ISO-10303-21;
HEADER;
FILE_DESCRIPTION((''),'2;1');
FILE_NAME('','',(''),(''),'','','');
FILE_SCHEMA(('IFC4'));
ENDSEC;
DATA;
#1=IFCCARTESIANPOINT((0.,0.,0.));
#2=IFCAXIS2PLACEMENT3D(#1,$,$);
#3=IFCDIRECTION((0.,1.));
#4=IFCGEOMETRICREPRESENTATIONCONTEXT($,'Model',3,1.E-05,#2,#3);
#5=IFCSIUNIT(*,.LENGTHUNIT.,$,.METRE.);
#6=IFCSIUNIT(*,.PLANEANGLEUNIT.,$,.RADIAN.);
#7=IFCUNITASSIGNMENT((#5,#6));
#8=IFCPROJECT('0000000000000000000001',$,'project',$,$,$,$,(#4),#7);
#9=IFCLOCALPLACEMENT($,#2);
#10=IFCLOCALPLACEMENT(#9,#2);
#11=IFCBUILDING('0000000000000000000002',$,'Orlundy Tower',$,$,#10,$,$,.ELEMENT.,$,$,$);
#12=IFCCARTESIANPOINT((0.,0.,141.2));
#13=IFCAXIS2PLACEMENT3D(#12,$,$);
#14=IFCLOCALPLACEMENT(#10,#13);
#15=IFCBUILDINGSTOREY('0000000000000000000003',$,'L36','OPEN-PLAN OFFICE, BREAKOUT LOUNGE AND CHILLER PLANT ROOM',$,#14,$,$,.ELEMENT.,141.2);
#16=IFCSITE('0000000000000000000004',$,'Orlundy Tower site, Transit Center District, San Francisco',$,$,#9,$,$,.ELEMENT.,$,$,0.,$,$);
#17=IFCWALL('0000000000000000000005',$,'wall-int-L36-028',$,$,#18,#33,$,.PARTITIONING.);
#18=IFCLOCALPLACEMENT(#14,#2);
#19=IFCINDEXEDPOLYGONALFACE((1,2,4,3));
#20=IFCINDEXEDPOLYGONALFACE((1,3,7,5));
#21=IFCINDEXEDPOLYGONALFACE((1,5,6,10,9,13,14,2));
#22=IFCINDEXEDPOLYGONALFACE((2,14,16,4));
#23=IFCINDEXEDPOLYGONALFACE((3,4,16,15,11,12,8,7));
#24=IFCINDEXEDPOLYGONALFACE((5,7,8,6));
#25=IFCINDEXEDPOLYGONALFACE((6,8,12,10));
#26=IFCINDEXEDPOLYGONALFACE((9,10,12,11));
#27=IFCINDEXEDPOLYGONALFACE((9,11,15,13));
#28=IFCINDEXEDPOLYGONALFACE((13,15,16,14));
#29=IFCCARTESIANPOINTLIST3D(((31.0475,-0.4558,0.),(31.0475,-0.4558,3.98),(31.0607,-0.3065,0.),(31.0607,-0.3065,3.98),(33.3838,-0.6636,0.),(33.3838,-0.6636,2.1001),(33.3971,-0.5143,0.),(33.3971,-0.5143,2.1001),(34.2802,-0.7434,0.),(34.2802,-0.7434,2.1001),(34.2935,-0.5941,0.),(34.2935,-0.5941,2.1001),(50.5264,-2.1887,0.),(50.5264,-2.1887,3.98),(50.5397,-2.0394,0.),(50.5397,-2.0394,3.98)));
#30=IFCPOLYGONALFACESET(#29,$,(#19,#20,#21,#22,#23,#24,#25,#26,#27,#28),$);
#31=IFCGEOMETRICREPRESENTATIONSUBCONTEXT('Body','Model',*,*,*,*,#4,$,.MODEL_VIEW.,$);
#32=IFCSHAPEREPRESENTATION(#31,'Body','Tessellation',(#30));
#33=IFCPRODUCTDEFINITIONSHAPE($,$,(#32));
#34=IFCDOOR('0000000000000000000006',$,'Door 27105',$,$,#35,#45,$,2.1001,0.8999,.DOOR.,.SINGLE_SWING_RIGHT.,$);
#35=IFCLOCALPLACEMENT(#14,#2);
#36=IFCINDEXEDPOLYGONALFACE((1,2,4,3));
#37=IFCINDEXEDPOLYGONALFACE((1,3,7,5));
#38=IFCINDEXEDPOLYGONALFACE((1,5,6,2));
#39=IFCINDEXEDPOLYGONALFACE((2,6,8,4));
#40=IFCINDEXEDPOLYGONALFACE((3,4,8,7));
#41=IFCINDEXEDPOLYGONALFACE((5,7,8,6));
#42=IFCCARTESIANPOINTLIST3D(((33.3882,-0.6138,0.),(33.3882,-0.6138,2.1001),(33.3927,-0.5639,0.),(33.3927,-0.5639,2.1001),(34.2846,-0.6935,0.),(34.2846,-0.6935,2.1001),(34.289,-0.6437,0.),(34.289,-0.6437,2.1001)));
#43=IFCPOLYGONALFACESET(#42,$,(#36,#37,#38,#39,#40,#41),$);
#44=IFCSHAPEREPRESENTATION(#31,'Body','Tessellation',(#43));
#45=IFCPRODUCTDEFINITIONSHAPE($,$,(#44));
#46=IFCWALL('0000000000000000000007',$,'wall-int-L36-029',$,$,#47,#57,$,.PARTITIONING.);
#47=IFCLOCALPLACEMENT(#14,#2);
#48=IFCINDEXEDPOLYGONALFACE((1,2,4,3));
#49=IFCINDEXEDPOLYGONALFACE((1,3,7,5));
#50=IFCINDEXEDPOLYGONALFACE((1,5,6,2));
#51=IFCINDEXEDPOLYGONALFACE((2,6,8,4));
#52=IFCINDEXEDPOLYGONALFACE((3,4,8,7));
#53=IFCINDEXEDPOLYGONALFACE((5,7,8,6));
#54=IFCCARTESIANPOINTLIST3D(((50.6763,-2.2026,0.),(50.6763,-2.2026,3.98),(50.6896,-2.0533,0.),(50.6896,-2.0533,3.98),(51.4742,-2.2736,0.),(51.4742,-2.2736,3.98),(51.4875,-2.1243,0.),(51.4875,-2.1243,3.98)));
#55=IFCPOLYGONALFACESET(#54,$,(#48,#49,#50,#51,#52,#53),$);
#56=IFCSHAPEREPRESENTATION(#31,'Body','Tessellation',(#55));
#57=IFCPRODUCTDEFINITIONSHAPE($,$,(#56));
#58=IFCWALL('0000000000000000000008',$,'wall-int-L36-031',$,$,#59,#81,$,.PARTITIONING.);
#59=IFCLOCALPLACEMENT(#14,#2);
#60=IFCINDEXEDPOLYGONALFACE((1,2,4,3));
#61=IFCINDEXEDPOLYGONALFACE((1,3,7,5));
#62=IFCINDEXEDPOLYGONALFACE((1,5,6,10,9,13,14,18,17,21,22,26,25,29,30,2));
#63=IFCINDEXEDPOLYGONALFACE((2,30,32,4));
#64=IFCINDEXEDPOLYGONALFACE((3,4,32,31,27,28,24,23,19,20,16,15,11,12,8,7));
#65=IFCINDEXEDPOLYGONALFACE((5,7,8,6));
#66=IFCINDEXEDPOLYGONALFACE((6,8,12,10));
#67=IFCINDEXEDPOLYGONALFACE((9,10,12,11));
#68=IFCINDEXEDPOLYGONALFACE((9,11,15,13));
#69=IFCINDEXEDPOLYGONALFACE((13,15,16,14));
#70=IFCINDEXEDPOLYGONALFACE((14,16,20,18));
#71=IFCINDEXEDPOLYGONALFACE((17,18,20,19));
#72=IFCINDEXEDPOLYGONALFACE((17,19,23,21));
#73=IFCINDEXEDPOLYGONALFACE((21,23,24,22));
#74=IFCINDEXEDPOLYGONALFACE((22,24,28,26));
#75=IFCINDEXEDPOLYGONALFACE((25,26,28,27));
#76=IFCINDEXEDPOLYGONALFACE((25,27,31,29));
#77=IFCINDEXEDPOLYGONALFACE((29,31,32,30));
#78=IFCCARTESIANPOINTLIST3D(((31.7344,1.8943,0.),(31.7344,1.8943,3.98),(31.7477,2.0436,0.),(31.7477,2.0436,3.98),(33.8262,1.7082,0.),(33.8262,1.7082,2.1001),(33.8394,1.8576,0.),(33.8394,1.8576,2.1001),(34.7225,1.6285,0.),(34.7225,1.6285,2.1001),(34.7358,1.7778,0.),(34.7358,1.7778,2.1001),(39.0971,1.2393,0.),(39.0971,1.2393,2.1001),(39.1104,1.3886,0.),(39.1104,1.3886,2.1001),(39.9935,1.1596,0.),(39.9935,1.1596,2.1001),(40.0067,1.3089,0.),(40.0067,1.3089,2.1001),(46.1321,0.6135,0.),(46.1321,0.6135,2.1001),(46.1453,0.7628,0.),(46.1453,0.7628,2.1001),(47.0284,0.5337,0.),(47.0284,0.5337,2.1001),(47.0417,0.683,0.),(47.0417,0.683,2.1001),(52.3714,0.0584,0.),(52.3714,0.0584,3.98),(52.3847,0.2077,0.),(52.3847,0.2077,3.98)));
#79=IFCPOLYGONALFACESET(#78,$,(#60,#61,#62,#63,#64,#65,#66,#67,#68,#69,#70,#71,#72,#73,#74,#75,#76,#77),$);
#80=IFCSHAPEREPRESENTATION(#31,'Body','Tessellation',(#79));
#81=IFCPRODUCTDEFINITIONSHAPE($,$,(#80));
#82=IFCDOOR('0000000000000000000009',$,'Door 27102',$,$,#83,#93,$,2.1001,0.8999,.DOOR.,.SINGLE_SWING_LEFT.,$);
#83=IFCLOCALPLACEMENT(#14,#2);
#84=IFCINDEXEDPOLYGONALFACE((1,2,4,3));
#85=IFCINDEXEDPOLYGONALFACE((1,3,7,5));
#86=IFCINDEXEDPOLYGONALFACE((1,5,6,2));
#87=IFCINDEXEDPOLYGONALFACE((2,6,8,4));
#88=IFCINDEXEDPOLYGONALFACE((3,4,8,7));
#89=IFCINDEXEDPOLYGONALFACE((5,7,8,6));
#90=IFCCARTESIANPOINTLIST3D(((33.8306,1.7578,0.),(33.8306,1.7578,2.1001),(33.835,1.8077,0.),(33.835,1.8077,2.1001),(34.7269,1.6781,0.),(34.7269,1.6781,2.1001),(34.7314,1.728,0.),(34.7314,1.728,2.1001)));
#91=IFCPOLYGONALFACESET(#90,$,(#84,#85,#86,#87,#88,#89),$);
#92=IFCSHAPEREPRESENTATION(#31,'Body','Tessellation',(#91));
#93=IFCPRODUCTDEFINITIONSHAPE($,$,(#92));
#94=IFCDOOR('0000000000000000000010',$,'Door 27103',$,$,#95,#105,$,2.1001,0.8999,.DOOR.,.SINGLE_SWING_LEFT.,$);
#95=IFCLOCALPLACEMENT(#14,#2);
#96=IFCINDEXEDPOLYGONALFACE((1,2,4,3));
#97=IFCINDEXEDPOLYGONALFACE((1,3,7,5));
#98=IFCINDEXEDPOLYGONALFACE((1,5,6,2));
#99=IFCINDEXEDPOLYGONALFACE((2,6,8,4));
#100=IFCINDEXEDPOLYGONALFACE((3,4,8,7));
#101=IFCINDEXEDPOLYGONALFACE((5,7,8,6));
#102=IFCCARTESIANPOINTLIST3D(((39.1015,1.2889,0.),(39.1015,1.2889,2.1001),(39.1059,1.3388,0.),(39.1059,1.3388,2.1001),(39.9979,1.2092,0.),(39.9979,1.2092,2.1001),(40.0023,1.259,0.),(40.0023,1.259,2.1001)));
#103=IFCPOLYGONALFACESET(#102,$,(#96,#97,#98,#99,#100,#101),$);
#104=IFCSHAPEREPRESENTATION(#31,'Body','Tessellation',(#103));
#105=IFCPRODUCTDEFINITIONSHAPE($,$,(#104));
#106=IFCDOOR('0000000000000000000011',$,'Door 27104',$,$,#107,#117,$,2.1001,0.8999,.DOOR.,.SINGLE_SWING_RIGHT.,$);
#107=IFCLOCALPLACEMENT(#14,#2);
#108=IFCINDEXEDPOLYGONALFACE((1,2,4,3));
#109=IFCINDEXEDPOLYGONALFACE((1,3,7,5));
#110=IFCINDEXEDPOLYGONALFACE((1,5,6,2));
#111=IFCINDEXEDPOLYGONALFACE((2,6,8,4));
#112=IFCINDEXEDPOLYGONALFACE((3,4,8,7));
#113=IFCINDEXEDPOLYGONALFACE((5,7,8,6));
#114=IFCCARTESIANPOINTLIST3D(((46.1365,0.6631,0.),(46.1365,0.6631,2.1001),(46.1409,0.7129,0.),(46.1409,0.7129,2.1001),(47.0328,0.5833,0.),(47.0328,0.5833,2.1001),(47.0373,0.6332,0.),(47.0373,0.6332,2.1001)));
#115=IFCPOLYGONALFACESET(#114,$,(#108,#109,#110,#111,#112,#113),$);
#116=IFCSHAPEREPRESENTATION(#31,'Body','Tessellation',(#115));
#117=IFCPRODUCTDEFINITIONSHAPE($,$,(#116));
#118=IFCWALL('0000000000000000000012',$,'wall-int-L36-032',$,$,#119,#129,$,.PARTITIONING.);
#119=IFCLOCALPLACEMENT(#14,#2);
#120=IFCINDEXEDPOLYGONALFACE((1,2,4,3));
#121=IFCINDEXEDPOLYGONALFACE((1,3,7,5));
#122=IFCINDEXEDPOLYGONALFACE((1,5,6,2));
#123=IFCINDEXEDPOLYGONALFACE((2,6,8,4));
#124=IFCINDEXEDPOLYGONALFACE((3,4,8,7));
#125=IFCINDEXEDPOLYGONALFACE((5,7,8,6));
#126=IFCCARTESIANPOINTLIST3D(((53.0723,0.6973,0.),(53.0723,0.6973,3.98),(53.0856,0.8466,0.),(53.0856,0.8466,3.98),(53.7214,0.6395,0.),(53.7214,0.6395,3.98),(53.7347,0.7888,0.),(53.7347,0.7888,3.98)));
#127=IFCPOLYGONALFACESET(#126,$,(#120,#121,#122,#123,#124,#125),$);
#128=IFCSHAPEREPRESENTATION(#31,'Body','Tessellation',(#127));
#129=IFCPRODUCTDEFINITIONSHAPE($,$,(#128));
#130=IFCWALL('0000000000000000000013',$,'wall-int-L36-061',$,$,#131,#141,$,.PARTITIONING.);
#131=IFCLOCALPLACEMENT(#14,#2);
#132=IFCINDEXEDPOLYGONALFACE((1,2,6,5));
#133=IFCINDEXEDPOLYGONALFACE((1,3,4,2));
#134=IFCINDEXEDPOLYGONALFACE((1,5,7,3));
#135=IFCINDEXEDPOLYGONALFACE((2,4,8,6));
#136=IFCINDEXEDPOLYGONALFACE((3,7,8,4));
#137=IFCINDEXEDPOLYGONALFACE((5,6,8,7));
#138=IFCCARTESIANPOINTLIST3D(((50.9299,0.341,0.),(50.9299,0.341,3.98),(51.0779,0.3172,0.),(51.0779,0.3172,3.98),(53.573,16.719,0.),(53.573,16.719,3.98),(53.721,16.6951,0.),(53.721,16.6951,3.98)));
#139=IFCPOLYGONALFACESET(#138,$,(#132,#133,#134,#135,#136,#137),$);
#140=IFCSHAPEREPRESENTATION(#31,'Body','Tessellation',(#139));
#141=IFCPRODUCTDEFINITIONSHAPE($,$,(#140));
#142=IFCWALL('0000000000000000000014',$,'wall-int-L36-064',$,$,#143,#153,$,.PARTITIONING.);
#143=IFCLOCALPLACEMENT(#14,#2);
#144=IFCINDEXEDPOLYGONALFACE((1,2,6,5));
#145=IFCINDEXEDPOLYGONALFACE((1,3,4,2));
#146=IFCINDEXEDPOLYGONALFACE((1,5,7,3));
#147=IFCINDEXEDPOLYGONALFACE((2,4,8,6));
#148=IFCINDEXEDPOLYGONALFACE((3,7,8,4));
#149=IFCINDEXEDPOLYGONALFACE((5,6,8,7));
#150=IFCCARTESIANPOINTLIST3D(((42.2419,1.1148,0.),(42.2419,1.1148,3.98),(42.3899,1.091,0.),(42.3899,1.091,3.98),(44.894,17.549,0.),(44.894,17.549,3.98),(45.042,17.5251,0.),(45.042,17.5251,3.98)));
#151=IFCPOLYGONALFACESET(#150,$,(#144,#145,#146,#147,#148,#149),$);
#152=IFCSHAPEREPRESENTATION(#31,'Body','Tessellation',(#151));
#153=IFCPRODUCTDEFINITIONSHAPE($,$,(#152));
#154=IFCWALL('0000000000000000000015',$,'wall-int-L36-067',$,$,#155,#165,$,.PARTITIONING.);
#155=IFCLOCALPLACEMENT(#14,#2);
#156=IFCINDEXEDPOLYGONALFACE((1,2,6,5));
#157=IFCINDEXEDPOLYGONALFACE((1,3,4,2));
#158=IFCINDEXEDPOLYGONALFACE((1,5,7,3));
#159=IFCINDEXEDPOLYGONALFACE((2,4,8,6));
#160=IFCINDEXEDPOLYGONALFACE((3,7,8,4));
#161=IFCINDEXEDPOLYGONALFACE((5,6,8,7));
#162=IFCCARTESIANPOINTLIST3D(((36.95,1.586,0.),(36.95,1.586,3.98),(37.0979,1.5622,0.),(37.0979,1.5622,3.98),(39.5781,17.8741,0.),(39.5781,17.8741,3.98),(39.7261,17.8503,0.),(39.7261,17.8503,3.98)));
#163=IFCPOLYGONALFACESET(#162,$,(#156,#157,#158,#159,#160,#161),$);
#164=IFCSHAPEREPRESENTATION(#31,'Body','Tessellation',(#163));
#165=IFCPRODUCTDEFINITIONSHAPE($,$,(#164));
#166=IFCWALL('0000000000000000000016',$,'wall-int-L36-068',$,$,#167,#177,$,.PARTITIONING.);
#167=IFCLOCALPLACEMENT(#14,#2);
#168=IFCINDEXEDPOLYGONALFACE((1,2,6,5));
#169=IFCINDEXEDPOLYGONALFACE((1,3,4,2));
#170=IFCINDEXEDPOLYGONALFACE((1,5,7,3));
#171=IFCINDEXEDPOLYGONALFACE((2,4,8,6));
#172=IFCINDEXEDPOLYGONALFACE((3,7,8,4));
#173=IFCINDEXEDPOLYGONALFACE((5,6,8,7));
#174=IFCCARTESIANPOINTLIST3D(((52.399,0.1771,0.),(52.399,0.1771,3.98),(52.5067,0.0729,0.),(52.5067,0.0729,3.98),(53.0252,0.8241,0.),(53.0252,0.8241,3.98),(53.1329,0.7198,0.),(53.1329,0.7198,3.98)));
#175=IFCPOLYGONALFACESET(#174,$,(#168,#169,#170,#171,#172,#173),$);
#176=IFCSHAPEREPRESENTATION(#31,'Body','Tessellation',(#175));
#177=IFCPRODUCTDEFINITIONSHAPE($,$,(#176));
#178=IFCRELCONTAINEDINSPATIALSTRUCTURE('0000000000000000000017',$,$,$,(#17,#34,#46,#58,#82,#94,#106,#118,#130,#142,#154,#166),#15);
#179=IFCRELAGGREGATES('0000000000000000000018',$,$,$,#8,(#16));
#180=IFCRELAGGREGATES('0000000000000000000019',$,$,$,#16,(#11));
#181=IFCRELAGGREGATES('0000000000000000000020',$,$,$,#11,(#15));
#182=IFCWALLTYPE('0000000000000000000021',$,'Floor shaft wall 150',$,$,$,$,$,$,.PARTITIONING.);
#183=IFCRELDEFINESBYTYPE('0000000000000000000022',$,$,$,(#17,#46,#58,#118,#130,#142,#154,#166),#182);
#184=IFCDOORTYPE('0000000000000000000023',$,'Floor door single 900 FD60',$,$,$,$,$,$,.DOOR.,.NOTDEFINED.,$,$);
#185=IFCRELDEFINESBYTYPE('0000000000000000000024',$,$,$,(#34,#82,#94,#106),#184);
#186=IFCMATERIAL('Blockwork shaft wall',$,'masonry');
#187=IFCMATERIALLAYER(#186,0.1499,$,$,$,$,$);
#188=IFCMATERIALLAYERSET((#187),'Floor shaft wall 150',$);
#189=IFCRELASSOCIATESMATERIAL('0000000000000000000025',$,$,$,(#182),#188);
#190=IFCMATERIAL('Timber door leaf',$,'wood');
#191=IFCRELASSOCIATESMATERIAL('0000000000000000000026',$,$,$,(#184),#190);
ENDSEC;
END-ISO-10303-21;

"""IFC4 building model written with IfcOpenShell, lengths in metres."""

from ifc_helpers import new_model, si_unit, direction, frame, frame_2d, origin, place, context, subcontext, project, spatial, rectangle, extrude, material, layer, layer_set, type_object, element, fill, save


model = new_model("IFC4")

# Units and contexts
model_context = context("Model", 3, precision=1e-05, world=origin(), true_north=direction((0.0, 1.0)))
body_context = subcontext(model_context, "Body", "Model", "MODEL_VIEW")
ifc_project = project(units=[si_unit("LENGTHUNIT", "METRE"), si_unit("PLANEANGLEUNIT", "RADIAN")], contexts=[model_context])

# Site, building, storey
site_placement = place(None, origin())
site = spatial("IfcSite", under=ifc_project, at=site_placement, Name="Orlundy Tower site, Transit Center District, San Francisco", CompositionType="ELEMENT", RefElevation=0.0)
building_placement = place(site_placement, origin())
building = spatial("IfcBuilding", under=site, at=building_placement, Name="Orlundy Tower", CompositionType="ELEMENT")
storey_placement = place(building_placement, frame((0.0, 0.0, 141.2)))
storey = spatial("IfcBuildingStorey", under=building, at=storey_placement, Name="L36", Description="OPEN-PLAN OFFICE, BREAKOUT LOUNGE AND CHILLER PLANT ROOM", CompositionType="ELEMENT", Elevation=141.2)

# Shared definitions
ifc_material_1 = material(Name="Blockwork shaft wall", Category="masonry")
ifc_layer_1 = layer(ifc_material_1, 0.1499)
ifc_layer_set_1 = layer_set([ifc_layer_1], Name="Floor shaft wall 150")
wall_type_1 = type_object("IfcWallType", Name="Floor shaft wall 150", PredefinedType="PARTITIONING", material=ifc_layer_set_1)

# Wall, opening, door
wall_1_placement = place(storey_placement, frame((50.533, -2.114, 0.0), z_axis=(0.0, 0.0, 1.0), x_axis=(-0.996066, 0.088613, 0.0)))
wall_1 = element("IfcWall", 1, at=wall_1_placement, inside=storey, type_object=wall_type_1, Name="wall-int-L36-028", PredefinedType="PARTITIONING", context=body_context, shape_type="SweptSolid", body=[
    extrude(rectangle(XDim=19.5559, YDim=0.1499, at=frame_2d((9.7778, 0.0))), origin(), (0.0, 0.0, 1.0), 3.98),
])
opening_1_placement = place(wall_1_placement, frame((16.3103, 0.0, 0.0)))
opening_1 = element("IfcOpeningElement", 2, at=opening_1_placement, cuts=wall_1, PredefinedType="OPENING", context=body_context, shape_type="SweptSolid", body=[
    extrude(rectangle(XDim=0.8999, YDim=2.1001, at=frame_2d((0.45, 1.05))), frame((0.0, 0.085, 0.0), z_axis=(0.0, -1.0, 0.0), x_axis=(1.0, 0.0, 0.0)), (0.0, 0.0, 1.0), 0.1699),
])
ifc_material_2 = material(Name="Timber door leaf", Category="wood")
door_type_1 = type_object("IfcDoorType", Name="Floor door single 900 FD60", OperationType="NOTDEFINED", PredefinedType="DOOR", material=ifc_material_2)
door_1_placement = place(opening_1_placement, origin())
door_1 = element("IfcDoor", 3, at=door_1_placement, inside=storey, type_object=door_type_1, Name="Door 27105", OperationType="SINGLE_SWING_RIGHT", OverallHeight=2.1001, OverallWidth=0.8999, PredefinedType="DOOR", context=body_context, shape_type="SweptSolid", body=[
    extrude(rectangle(XDim=0.8999, YDim=2.1001, at=frame_2d((0.45, 1.05))), frame((0.0, 0.0249, 0.0), z_axis=(0.0, -1.0, 0.0), x_axis=(1.0, 0.0, 0.0)), (0.0, 0.0, 1.0), 0.05),
])
fill(opening_1, door_1)

# Wall
wall_2_placement = place(storey_placement, frame((50.6831, -2.1279, 0.0), z_axis=(0.0, 0.0, 1.0), x_axis=(0.996059, -0.088694, 0.0)))
element("IfcWall", 4, at=wall_2_placement, inside=storey, type_object=wall_type_1, Name="wall-int-L36-029", PredefinedType="PARTITIONING", context=body_context, shape_type="SweptSolid", body=[
    extrude(rectangle(XDim=0.801, YDim=0.1499, at=frame_2d((0.4004, 0.0))), origin(), (0.0, 0.0, 1.0), 3.98),
])

# Wall, openings, doors
wall_3_placement = place(storey_placement, frame((31.741, 1.969, 0.0), z_axis=(0.0, 0.0, 1.0), x_axis=(0.996066, -0.088614, 0.0)))
wall_3 = element("IfcWall", 5, at=wall_3_placement, inside=storey, type_object=wall_type_1, Name="wall-int-L36-031", PredefinedType="PARTITIONING", context=body_context, shape_type="SweptSolid", body=[
    extrude(rectangle(XDim=20.7185, YDim=0.1499, at=frame_2d((10.3594, 0.0))), origin(), (0.0, 0.0, 1.0), 3.98),
])
opening_2_placement = place(wall_3_placement, frame((2.1001, 0.0, 0.0)))
opening_2 = element("IfcOpeningElement", 6, at=opening_2_placement, cuts=wall_3, PredefinedType="OPENING", context=body_context, shape_type="SweptSolid", body=[
    extrude(rectangle(XDim=0.8999, YDim=2.1001, at=frame_2d((0.45, 1.05))), frame((0.0, 0.085, 0.0), z_axis=(0.0, -1.0, 0.0), x_axis=(1.0, 0.0, 0.0)), (0.0, 0.0, 1.0), 0.1699),
])
opening_3_placement = place(wall_3_placement, frame((7.3918, 0.0, 0.0)))
opening_3 = element("IfcOpeningElement", 7, at=opening_3_placement, cuts=wall_3, PredefinedType="OPENING", context=body_context, shape_type="SweptSolid", body=[
    extrude(rectangle(XDim=0.8999, YDim=2.1001, at=frame_2d((0.45, 1.05))), frame((0.0, 0.085, 0.0), z_axis=(0.0, -1.0, 0.0), x_axis=(1.0, 0.0, 0.0)), (0.0, 0.0, 1.0), 0.1699),
])
opening_4_placement = place(wall_3_placement, frame((14.4546, 0.0, 0.0)))
opening_4 = element("IfcOpeningElement", 8, at=opening_4_placement, cuts=wall_3, PredefinedType="OPENING", context=body_context, shape_type="SweptSolid", body=[
    extrude(rectangle(XDim=0.8999, YDim=2.1001, at=frame_2d((0.45, 1.05))), frame((0.0, 0.085, 0.0), z_axis=(0.0, -1.0, 0.0), x_axis=(1.0, 0.0, 0.0)), (0.0, 0.0, 1.0), 0.1699),
])
door_2_placement = place(opening_2_placement, origin())
door_2 = element("IfcDoor", 9, at=door_2_placement, inside=storey, type_object=door_type_1, Name="Door 27102", OperationType="SINGLE_SWING_LEFT", OverallHeight=2.1001, OverallWidth=0.8999, PredefinedType="DOOR", context=body_context, shape_type="SweptSolid", body=[
    extrude(rectangle(XDim=0.8999, YDim=2.1001, at=frame_2d((0.45, 1.05))), frame((0.0, 0.0249, 0.0), z_axis=(0.0, -1.0, 0.0), x_axis=(1.0, 0.0, 0.0)), (0.0, 0.0, 1.0), 0.05),
])
fill(opening_2, door_2)
door_3_placement = place(opening_3_placement, origin())
door_3 = element("IfcDoor", 10, at=door_3_placement, inside=storey, type_object=door_type_1, Name="Door 27103", OperationType="SINGLE_SWING_LEFT", OverallHeight=2.1001, OverallWidth=0.8999, PredefinedType="DOOR", context=body_context, shape_type="SweptSolid", body=[
    extrude(rectangle(XDim=0.8999, YDim=2.1001, at=frame_2d((0.45, 1.05))), frame((0.0, 0.0249, 0.0), z_axis=(0.0, -1.0, 0.0), x_axis=(1.0, 0.0, 0.0)), (0.0, 0.0, 1.0), 0.05),
])
fill(opening_3, door_3)
door_4_placement = place(opening_4_placement, origin())
door_4 = element("IfcDoor", 11, at=door_4_placement, inside=storey, type_object=door_type_1, Name="Door 27104", OperationType="SINGLE_SWING_RIGHT", OverallHeight=2.1001, OverallWidth=0.8999, PredefinedType="DOOR", context=body_context, shape_type="SweptSolid", body=[
    extrude(rectangle(XDim=0.8999, YDim=2.1001, at=frame_2d((0.45, 1.05))), frame((0.0, 0.0249, 0.0), z_axis=(0.0, -1.0, 0.0), x_axis=(1.0, 0.0, 0.0)), (0.0, 0.0, 1.0), 0.05),
])
fill(opening_4, door_4)

# Walls
wall_4_placement = place(storey_placement, frame((53.0791, 0.772, 0.0), z_axis=(0.0, 0.0, 1.0), x_axis=(0.996048, -0.088812, 0.0)))
element("IfcWall", 12, at=wall_4_placement, inside=storey, type_object=wall_type_1, Name="wall-int-L36-032", PredefinedType="PARTITIONING", context=body_context, shape_type="SweptSolid", body=[
    extrude(rectangle(XDim=0.6516, YDim=0.1499, at=frame_2d((0.3257, 0.0))), origin(), (0.0, 0.0, 1.0), 3.98),
])
wall_5_placement = place(storey_placement, frame((51.0039, 0.3291, 0.0), z_axis=(0.0, 0.0, 1.0), x_axis=(0.159318, 0.987227, 0.0)))
element("IfcWall", 13, at=wall_5_placement, inside=storey, type_object=wall_type_1, Name="wall-int-L36-061", PredefinedType="PARTITIONING", context=body_context, shape_type="SweptSolid", body=[
    extrude(rectangle(XDim=16.5898, YDim=0.1499, at=frame_2d((8.2949, 0.0))), origin(), (0.0, 0.0, 1.0), 3.98),
])
wall_6_placement = place(storey_placement, frame((42.3159, 1.103, 0.0), z_axis=(0.0, 0.0, 1.0), x_axis=(0.159317, 0.987228, 0.0)))
element("IfcWall", 14, at=wall_6_placement, inside=storey, type_object=wall_type_1, Name="wall-int-L36-064", PredefinedType="PARTITIONING", context=body_context, shape_type="SweptSolid", body=[
    extrude(rectangle(XDim=16.6467, YDim=0.1499, at=frame_2d((8.3232, 0.0))), origin(), (0.0, 0.0, 1.0), 3.98),
])
wall_7_placement = place(storey_placement, frame((37.0239, 1.574, 0.0), z_axis=(0.0, 0.0, 1.0), x_axis=(0.159295, 0.987231, 0.0)))
element("IfcWall", 15, at=wall_7_placement, inside=storey, type_object=wall_type_1, Name="wall-int-L36-067", PredefinedType="PARTITIONING", context=body_context, shape_type="SweptSolid", body=[
    extrude(rectangle(XDim=16.4988, YDim=0.1499, at=frame_2d((8.2495, 0.0))), origin(), (0.0, 0.0, 1.0), 3.98),
])
wall_8_placement = place(storey_placement, frame((52.4529, 0.125, 0.0), z_axis=(0.0, 0.0, 1.0), x_axis=(0.695489, 0.718537, 0.0)))
element("IfcWall", 16, at=wall_8_placement, inside=storey, type_object=wall_type_1, Name="wall-int-L36-068", PredefinedType="PARTITIONING", context=body_context, shape_type="SweptSolid", body=[
    extrude(rectangle(XDim=0.9004, YDim=0.1499, at=frame_2d((0.4502, 0.0))), origin(), (0.0, 0.0, 1.0), 3.98),
])

save(model, "model.ifc")
